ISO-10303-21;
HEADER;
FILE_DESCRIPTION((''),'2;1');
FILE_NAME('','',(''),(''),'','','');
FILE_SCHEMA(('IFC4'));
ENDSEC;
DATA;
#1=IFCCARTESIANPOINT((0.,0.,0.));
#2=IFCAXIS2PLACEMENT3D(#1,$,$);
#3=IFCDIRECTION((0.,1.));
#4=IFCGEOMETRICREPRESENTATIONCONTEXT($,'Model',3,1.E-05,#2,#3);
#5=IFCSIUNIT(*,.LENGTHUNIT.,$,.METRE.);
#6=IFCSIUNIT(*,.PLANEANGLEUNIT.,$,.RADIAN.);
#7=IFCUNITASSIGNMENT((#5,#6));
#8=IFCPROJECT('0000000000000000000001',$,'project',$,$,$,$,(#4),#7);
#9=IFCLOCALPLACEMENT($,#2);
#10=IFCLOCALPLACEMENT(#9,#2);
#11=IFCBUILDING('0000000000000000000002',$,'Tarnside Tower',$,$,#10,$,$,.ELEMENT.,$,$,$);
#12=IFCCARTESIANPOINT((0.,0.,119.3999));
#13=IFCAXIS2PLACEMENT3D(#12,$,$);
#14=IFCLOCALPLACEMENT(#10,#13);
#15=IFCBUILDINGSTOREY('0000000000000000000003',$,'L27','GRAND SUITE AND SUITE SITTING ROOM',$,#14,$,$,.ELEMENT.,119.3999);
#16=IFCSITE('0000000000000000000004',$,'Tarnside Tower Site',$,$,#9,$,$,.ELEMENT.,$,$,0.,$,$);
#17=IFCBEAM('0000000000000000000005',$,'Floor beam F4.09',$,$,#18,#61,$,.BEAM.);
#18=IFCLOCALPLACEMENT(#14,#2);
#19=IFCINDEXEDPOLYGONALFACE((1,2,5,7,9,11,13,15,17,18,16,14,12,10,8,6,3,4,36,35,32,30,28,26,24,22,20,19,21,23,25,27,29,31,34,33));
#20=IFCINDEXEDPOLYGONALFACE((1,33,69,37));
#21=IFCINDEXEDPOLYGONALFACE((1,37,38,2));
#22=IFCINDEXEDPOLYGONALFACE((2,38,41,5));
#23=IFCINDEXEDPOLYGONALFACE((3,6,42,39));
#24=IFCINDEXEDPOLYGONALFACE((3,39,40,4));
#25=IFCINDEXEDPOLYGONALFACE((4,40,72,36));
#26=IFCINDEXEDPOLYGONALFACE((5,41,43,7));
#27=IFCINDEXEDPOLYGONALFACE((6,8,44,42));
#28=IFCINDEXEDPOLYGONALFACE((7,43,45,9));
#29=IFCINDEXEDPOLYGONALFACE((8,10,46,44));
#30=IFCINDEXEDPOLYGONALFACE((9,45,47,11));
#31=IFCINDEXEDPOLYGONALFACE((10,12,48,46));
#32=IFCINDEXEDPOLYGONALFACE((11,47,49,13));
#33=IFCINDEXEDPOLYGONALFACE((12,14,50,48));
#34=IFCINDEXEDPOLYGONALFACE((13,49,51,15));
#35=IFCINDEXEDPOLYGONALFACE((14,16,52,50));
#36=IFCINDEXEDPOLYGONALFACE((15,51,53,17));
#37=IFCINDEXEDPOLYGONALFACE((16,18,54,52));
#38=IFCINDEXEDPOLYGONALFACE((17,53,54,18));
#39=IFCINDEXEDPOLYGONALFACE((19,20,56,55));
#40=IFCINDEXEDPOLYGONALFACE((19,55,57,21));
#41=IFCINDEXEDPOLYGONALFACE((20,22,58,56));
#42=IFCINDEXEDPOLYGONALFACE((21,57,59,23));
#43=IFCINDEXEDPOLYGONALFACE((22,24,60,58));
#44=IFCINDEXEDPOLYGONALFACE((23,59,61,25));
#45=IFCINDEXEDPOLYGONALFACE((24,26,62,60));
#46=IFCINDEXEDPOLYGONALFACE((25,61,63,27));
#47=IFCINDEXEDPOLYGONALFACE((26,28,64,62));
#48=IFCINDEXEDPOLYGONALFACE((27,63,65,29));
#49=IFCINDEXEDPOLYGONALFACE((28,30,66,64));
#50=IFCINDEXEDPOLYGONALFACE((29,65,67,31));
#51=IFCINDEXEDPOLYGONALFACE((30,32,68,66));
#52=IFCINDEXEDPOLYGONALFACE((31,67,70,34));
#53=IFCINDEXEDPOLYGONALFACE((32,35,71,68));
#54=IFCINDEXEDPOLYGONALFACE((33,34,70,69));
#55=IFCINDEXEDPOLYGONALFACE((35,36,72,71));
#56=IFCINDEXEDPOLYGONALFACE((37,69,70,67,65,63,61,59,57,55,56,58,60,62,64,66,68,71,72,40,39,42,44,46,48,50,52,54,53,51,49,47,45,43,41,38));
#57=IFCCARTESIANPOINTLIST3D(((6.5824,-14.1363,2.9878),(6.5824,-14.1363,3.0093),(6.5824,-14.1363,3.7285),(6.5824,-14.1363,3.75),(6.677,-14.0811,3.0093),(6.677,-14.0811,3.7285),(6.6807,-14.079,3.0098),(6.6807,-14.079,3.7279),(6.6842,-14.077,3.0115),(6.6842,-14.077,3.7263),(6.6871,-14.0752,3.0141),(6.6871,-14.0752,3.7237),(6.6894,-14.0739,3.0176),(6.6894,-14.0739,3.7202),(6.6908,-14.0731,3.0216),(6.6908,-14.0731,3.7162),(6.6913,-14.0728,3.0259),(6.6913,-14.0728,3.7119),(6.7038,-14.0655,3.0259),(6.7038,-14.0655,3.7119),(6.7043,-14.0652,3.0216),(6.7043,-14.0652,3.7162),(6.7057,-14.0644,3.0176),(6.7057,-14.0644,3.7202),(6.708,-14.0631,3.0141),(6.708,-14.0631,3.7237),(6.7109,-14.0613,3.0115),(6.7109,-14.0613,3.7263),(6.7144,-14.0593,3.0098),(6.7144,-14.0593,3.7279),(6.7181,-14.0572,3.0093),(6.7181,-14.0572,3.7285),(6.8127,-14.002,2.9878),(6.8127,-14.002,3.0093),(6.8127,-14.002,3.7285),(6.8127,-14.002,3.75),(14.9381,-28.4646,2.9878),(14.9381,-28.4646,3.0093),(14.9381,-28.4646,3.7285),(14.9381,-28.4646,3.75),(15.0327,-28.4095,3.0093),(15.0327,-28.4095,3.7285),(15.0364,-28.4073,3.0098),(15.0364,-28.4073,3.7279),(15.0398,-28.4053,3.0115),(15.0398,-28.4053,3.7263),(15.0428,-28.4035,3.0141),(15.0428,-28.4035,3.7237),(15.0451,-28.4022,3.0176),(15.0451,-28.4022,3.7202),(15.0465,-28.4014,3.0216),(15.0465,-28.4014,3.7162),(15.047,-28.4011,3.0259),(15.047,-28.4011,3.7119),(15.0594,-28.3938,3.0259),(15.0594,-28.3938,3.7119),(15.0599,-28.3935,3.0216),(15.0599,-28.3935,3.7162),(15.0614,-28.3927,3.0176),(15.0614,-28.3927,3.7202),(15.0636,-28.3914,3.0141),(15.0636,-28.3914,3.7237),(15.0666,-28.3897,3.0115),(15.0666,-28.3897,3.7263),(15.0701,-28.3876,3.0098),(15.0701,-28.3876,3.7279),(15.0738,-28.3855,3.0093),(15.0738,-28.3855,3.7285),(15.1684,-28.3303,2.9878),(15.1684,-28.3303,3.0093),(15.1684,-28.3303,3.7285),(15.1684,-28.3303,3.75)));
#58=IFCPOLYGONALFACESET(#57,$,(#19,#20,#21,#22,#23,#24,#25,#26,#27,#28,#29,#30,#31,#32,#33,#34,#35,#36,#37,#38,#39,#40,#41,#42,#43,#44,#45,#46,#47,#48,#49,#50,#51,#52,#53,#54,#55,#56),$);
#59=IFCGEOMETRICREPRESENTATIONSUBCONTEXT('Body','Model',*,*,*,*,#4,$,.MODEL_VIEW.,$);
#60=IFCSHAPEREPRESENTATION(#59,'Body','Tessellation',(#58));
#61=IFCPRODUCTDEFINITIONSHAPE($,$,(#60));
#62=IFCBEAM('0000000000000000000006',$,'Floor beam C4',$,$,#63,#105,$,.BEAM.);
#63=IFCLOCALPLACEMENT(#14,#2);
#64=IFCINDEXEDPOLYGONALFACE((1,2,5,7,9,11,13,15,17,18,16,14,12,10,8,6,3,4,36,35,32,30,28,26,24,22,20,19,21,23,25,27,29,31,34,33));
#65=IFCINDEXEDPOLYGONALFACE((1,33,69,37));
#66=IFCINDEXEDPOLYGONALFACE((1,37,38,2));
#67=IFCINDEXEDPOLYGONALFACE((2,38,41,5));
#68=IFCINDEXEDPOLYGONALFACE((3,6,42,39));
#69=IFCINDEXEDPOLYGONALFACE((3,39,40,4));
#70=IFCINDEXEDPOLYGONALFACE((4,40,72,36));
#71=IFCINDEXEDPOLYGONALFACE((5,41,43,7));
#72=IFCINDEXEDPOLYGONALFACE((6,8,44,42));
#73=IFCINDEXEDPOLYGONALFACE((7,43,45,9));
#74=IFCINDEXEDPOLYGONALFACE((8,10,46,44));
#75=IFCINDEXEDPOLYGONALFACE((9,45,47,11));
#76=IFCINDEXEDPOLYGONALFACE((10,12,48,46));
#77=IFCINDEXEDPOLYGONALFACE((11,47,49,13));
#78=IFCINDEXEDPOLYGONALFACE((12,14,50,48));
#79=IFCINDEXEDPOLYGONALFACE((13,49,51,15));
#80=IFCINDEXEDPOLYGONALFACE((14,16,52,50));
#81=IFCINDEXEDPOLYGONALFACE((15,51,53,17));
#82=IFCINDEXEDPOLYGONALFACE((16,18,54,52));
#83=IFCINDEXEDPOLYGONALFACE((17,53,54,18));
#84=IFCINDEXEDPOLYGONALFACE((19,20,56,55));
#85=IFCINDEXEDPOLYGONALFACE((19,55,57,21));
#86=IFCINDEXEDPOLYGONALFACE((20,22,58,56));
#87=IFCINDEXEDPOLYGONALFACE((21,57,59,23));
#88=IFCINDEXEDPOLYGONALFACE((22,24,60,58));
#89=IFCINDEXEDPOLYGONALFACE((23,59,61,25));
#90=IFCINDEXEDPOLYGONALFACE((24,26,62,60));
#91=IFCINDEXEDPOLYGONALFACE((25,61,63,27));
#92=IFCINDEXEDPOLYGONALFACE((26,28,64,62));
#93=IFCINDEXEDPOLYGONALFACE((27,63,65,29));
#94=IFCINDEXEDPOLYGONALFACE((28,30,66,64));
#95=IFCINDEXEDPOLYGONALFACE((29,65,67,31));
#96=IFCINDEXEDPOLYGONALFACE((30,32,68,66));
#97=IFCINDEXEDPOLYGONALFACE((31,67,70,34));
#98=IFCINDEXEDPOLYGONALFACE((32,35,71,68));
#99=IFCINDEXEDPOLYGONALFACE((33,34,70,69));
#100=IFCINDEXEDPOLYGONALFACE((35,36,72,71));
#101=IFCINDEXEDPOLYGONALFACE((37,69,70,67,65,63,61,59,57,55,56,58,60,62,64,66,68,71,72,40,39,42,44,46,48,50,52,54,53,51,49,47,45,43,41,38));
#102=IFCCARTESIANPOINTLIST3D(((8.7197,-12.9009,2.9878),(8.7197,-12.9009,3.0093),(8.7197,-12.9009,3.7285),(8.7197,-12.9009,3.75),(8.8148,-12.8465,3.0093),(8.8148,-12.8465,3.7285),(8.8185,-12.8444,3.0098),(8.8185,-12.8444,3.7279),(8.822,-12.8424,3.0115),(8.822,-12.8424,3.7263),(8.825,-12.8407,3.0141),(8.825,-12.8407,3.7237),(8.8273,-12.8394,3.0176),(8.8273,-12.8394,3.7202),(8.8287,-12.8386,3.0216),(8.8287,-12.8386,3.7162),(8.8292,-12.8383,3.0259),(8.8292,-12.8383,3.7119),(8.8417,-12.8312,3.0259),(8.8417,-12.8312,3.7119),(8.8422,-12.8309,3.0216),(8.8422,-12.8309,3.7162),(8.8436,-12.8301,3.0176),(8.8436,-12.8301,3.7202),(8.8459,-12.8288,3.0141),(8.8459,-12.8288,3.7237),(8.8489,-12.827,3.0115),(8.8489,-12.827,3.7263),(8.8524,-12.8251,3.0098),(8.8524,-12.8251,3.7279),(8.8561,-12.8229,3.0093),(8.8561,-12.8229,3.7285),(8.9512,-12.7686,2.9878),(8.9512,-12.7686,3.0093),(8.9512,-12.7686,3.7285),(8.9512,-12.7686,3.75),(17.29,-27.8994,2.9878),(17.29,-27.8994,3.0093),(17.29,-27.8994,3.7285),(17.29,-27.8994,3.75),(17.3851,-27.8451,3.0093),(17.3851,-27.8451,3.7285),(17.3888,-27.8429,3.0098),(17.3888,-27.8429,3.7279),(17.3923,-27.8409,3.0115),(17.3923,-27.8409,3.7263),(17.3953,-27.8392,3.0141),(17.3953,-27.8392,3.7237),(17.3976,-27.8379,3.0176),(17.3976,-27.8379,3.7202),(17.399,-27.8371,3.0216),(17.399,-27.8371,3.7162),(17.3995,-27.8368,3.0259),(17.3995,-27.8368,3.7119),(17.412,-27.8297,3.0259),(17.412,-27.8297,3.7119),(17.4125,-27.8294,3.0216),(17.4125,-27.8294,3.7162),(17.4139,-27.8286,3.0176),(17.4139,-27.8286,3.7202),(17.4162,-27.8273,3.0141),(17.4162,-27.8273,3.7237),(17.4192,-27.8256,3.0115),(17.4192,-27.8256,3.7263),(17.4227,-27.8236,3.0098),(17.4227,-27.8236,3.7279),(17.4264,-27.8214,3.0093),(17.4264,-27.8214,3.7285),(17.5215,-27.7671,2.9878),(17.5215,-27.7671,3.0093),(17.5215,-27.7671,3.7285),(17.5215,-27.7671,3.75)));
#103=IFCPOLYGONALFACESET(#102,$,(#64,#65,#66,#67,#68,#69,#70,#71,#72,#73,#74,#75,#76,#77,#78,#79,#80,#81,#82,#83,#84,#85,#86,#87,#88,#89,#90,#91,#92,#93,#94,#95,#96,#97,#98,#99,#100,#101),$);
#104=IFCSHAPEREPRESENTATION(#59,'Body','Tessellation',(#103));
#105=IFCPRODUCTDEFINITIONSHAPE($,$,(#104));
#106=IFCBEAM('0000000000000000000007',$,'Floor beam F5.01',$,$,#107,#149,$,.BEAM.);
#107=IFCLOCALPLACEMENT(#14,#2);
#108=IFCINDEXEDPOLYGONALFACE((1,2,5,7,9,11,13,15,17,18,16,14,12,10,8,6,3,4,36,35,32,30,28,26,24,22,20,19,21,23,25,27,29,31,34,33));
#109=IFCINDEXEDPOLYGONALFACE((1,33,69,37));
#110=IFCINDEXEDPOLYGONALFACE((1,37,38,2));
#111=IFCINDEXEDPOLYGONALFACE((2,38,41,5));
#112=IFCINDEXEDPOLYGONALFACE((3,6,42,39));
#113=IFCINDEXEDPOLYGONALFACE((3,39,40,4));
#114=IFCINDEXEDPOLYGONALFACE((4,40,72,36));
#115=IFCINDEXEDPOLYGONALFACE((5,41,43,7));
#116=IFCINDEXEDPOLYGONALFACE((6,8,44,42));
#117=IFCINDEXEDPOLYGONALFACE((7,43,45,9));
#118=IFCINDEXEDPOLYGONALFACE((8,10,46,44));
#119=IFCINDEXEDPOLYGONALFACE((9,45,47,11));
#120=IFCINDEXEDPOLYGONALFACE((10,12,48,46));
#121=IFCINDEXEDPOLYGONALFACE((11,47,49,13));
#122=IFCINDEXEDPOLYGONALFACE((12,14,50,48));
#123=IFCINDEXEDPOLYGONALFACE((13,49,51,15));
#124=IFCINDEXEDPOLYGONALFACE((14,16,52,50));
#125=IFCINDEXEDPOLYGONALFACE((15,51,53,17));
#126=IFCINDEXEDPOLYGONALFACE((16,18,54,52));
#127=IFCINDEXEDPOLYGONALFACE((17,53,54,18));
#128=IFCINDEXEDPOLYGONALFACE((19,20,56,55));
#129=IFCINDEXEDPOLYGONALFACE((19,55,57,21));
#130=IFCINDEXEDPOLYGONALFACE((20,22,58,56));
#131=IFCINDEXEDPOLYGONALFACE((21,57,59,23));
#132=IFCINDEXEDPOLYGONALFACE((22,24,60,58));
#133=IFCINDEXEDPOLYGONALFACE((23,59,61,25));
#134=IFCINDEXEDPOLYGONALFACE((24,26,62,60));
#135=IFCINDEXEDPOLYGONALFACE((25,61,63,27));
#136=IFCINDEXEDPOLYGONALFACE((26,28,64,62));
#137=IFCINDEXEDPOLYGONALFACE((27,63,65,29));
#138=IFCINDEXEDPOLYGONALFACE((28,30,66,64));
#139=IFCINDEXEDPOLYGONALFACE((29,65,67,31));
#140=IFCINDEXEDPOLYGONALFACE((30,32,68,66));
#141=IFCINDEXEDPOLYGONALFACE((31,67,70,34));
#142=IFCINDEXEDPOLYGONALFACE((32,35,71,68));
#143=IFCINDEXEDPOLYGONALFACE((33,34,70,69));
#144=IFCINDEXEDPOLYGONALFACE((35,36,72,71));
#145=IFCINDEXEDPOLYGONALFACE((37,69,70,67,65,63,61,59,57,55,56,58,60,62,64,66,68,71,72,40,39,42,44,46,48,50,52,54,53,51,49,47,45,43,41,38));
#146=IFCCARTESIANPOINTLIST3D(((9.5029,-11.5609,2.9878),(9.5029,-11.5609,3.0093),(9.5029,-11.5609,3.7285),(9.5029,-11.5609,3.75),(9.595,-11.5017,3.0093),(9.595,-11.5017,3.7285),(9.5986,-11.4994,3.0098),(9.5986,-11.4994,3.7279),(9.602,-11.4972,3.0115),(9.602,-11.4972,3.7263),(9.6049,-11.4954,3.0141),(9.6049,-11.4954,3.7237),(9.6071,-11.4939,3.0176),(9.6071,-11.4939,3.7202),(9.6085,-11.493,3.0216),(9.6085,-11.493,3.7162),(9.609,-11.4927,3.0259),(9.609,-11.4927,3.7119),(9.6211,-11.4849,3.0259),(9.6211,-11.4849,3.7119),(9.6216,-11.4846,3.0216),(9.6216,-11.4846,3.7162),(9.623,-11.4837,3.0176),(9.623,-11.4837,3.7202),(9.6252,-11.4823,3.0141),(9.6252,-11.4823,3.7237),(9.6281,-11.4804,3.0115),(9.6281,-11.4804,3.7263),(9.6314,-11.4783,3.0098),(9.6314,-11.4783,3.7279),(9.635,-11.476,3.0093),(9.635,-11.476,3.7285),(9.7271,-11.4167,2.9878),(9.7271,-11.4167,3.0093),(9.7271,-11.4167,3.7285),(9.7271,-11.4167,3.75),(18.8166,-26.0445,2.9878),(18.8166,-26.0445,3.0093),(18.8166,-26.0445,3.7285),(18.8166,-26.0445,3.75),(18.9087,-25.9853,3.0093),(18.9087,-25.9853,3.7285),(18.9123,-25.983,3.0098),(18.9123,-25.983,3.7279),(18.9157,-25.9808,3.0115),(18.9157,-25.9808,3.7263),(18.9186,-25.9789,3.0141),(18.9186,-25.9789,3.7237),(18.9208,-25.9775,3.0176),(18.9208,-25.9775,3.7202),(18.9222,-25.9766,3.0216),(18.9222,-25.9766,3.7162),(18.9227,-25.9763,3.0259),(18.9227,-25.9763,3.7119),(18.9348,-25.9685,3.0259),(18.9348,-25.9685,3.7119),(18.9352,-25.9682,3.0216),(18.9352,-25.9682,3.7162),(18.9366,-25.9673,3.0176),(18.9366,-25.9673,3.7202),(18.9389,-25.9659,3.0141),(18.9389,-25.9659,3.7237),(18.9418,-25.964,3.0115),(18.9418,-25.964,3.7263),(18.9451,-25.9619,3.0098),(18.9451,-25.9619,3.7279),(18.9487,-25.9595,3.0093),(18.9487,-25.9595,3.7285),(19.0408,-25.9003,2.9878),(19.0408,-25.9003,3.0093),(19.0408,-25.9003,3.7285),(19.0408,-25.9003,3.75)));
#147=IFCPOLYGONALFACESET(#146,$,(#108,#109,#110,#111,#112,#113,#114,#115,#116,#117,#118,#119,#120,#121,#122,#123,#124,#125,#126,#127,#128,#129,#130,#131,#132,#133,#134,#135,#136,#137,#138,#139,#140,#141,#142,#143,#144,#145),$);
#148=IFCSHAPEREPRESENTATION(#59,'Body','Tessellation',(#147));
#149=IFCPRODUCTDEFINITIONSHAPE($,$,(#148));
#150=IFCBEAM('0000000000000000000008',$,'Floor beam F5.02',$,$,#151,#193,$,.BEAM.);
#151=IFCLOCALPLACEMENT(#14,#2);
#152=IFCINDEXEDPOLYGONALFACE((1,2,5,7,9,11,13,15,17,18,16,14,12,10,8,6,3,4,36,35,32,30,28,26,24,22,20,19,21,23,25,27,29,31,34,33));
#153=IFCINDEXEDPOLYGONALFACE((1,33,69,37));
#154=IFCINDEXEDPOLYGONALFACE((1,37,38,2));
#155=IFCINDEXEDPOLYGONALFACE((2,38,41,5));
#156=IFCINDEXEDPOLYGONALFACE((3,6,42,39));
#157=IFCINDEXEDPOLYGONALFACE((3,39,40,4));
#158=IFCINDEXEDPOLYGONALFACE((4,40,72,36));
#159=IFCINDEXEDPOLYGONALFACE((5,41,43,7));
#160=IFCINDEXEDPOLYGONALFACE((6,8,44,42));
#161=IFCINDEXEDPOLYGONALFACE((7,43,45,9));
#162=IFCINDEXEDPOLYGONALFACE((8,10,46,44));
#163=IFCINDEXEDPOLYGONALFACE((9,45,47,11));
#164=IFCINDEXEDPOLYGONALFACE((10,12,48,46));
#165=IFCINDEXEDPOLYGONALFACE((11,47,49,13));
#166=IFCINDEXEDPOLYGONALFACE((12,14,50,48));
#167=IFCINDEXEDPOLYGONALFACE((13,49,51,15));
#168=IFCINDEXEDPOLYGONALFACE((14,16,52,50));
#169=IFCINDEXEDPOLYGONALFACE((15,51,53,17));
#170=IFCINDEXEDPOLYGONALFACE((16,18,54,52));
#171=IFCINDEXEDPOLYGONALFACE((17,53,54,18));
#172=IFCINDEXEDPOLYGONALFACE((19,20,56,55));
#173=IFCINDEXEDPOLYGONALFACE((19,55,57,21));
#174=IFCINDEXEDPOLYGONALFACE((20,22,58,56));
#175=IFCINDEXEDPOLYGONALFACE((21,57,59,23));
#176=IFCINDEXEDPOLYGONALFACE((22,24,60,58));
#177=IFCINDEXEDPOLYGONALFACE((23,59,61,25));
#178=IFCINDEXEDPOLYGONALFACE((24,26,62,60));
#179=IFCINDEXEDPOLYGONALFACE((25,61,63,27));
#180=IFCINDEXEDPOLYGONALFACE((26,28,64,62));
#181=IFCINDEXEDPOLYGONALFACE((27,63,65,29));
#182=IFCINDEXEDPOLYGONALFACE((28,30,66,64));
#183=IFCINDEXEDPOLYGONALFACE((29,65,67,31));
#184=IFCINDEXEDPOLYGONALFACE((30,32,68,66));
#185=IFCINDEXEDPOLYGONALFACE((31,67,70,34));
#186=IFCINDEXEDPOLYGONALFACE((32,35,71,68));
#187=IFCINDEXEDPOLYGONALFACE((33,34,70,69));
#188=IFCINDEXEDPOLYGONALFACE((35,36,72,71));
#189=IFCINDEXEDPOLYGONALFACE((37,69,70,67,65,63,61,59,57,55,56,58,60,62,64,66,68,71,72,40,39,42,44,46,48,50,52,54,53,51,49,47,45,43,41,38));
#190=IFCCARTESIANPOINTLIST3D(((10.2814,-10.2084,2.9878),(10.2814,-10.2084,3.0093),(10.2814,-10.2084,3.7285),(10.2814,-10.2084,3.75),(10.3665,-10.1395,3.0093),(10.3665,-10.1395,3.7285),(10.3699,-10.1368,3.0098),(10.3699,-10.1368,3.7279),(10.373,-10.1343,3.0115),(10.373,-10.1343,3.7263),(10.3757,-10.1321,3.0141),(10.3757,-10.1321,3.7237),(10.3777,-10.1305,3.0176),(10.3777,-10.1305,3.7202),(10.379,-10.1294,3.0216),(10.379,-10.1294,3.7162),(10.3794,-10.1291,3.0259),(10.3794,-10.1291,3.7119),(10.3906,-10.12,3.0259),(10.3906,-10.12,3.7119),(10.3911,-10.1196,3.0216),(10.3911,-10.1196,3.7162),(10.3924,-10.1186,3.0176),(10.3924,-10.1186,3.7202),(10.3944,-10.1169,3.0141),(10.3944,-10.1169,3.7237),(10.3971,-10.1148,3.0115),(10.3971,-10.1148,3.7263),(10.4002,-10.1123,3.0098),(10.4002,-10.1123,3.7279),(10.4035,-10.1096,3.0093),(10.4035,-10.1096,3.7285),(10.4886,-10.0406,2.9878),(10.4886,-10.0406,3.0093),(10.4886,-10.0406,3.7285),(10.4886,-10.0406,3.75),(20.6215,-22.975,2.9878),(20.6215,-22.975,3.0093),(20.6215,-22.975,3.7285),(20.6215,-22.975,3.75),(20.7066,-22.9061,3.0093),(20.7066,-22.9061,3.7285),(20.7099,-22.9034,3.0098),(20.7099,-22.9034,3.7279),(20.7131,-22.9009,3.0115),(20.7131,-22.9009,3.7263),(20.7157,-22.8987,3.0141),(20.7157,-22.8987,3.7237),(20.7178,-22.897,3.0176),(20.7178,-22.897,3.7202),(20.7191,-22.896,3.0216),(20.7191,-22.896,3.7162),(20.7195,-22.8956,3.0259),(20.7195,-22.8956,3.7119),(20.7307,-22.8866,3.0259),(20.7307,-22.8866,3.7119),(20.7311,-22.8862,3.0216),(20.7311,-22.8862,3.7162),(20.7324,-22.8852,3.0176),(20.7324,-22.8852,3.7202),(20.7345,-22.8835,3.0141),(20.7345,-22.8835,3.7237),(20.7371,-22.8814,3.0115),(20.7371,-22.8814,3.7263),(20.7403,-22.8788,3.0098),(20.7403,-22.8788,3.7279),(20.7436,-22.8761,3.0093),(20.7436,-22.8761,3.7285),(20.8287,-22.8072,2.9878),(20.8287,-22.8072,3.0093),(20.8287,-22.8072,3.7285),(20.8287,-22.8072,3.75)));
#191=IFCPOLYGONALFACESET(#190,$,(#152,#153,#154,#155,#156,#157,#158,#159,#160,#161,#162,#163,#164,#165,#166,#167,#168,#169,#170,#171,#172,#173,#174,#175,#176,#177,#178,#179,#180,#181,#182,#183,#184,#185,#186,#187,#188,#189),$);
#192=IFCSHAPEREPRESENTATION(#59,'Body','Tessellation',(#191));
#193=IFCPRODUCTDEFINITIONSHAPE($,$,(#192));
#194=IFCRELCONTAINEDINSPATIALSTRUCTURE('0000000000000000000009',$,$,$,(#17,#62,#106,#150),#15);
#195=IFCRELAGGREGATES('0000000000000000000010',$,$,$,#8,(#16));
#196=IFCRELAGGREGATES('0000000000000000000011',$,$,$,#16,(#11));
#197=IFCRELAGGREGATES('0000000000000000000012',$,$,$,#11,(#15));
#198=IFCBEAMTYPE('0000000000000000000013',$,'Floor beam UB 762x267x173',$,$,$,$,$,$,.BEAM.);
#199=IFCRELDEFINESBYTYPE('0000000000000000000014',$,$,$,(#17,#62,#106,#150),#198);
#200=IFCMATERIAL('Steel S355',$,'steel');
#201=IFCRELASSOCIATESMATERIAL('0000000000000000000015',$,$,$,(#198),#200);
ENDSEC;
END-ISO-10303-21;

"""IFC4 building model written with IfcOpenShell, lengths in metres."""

from ifc_helpers import new_model, si_unit, direction, frame, origin, origin_2d, place, context, subcontext, project, spatial, i_section, extrude, material, material_profile, profile_set, type_object, element, save


model = new_model("IFC4")

# Units and contexts
model_context = context("Model", 3, precision=1e-05, world=origin(), true_north=direction((0.0, 1.0)))
body_context = subcontext(model_context, "Body", "Model", "MODEL_VIEW")
ifc_project = project(units=[si_unit("LENGTHUNIT", "METRE"), si_unit("PLANEANGLEUNIT", "RADIAN")], contexts=[model_context])

# Site, building, storey
site_placement = place(None, origin())
site = spatial("IfcSite", under=ifc_project, at=site_placement, Name="Tarnside Tower Site", CompositionType="ELEMENT", RefElevation=0.0)
building_placement = place(site_placement, origin())
building = spatial("IfcBuilding", under=site, at=building_placement, Name="Tarnside Tower", CompositionType="ELEMENT")
storey_placement = place(building_placement, frame((0.0, 0.0, 119.3999)))
storey = spatial("IfcBuildingStorey", under=building, at=storey_placement, Name="L27", Description="GRAND SUITE AND SUITE SITTING ROOM", CompositionType="ELEMENT", Elevation=119.3999)

# Beams
ifc_material_1 = material(Name="Steel S355", Category="steel")
ifc_material_profile = material_profile(ifc_material_1, i_section(OverallWidth=0.2666, OverallDepth=0.7622, WebThickness=0.0144, FlangeThickness=0.0215, FilletRadius=0.0166, at=origin_2d()), Name="UB 762x267x173")
ifc_profile_set = profile_set([ifc_material_profile], Name="Steel S355")
beam_type = type_object("IfcBeamType", Name="Floor beam UB 762x267x173", PredefinedType="BEAM", material=ifc_profile_set)
beam_1_placement = place(storey_placement, frame((15.0532, -28.3975, 3.3689), z_axis=(-0.503758, 0.863845, 0.0), x_axis=(-0.863845, -0.503758, 0.0)))
element("IfcBeam", 1, at=beam_1_placement, inside=storey, type_object=beam_type, Name="Floor beam F4.09", PredefinedType="BEAM", context=body_context, shape_type="SweptSolid", body=[
    extrude(i_section(OverallWidth=0.2666, OverallDepth=0.7622, WebThickness=0.0144, FlangeThickness=0.0215, FilletRadius=0.0166, at=origin_2d()), origin(), (0.0, 0.0, 1.0), 16.5867),
])
beam_2_placement = place(storey_placement, frame((17.4058, -27.8333, 3.3689), z_axis=(-0.496127, 0.86825, 0.0), x_axis=(-0.86825, -0.496127, 0.0)))
element("IfcBeam", 2, at=beam_2_placement, inside=storey, type_object=beam_type, Name="Floor beam C4", PredefinedType="BEAM", context=body_context, shape_type="SweptSolid", body=[
    extrude(i_section(OverallWidth=0.2666, OverallDepth=0.7622, WebThickness=0.0144, FlangeThickness=0.0215, FilletRadius=0.0166, at=origin_2d()), origin(), (0.0, 0.0, 1.0), 17.2744),
])
beam_3_placement = place(storey_placement, frame((18.9287, -25.9724, 3.3689), z_axis=(-0.540873, 0.841104, 0.0), x_axis=(-0.841104, -0.540873, 0.0)))
element("IfcBeam", 3, at=beam_3_placement, inside=storey, type_object=beam_type, Name="Floor beam F5.01", PredefinedType="BEAM", context=body_context, shape_type="SweptSolid", body=[
    extrude(i_section(OverallWidth=0.2666, OverallDepth=0.7622, WebThickness=0.0144, FlangeThickness=0.0215, FilletRadius=0.0166, at=origin_2d()), origin(), (0.0, 0.0, 1.0), 17.2197),
])
beam_4_placement = place(storey_placement, frame((20.7251, -22.8911, 3.3689), z_axis=(-0.62939, 0.777089, 0.0), x_axis=(-0.777089, -0.62939, 0.0)))
element("IfcBeam", 4, at=beam_4_placement, inside=storey, type_object=beam_type, Name="Floor beam F5.02", PredefinedType="BEAM", context=body_context, shape_type="SweptSolid", body=[
    extrude(i_section(OverallWidth=0.2666, OverallDepth=0.7622, WebThickness=0.0144, FlangeThickness=0.0215, FilletRadius=0.0166, at=origin_2d()), origin(), (0.0, 0.0, 1.0), 16.4287),
])

save(model, "model.ifc")
